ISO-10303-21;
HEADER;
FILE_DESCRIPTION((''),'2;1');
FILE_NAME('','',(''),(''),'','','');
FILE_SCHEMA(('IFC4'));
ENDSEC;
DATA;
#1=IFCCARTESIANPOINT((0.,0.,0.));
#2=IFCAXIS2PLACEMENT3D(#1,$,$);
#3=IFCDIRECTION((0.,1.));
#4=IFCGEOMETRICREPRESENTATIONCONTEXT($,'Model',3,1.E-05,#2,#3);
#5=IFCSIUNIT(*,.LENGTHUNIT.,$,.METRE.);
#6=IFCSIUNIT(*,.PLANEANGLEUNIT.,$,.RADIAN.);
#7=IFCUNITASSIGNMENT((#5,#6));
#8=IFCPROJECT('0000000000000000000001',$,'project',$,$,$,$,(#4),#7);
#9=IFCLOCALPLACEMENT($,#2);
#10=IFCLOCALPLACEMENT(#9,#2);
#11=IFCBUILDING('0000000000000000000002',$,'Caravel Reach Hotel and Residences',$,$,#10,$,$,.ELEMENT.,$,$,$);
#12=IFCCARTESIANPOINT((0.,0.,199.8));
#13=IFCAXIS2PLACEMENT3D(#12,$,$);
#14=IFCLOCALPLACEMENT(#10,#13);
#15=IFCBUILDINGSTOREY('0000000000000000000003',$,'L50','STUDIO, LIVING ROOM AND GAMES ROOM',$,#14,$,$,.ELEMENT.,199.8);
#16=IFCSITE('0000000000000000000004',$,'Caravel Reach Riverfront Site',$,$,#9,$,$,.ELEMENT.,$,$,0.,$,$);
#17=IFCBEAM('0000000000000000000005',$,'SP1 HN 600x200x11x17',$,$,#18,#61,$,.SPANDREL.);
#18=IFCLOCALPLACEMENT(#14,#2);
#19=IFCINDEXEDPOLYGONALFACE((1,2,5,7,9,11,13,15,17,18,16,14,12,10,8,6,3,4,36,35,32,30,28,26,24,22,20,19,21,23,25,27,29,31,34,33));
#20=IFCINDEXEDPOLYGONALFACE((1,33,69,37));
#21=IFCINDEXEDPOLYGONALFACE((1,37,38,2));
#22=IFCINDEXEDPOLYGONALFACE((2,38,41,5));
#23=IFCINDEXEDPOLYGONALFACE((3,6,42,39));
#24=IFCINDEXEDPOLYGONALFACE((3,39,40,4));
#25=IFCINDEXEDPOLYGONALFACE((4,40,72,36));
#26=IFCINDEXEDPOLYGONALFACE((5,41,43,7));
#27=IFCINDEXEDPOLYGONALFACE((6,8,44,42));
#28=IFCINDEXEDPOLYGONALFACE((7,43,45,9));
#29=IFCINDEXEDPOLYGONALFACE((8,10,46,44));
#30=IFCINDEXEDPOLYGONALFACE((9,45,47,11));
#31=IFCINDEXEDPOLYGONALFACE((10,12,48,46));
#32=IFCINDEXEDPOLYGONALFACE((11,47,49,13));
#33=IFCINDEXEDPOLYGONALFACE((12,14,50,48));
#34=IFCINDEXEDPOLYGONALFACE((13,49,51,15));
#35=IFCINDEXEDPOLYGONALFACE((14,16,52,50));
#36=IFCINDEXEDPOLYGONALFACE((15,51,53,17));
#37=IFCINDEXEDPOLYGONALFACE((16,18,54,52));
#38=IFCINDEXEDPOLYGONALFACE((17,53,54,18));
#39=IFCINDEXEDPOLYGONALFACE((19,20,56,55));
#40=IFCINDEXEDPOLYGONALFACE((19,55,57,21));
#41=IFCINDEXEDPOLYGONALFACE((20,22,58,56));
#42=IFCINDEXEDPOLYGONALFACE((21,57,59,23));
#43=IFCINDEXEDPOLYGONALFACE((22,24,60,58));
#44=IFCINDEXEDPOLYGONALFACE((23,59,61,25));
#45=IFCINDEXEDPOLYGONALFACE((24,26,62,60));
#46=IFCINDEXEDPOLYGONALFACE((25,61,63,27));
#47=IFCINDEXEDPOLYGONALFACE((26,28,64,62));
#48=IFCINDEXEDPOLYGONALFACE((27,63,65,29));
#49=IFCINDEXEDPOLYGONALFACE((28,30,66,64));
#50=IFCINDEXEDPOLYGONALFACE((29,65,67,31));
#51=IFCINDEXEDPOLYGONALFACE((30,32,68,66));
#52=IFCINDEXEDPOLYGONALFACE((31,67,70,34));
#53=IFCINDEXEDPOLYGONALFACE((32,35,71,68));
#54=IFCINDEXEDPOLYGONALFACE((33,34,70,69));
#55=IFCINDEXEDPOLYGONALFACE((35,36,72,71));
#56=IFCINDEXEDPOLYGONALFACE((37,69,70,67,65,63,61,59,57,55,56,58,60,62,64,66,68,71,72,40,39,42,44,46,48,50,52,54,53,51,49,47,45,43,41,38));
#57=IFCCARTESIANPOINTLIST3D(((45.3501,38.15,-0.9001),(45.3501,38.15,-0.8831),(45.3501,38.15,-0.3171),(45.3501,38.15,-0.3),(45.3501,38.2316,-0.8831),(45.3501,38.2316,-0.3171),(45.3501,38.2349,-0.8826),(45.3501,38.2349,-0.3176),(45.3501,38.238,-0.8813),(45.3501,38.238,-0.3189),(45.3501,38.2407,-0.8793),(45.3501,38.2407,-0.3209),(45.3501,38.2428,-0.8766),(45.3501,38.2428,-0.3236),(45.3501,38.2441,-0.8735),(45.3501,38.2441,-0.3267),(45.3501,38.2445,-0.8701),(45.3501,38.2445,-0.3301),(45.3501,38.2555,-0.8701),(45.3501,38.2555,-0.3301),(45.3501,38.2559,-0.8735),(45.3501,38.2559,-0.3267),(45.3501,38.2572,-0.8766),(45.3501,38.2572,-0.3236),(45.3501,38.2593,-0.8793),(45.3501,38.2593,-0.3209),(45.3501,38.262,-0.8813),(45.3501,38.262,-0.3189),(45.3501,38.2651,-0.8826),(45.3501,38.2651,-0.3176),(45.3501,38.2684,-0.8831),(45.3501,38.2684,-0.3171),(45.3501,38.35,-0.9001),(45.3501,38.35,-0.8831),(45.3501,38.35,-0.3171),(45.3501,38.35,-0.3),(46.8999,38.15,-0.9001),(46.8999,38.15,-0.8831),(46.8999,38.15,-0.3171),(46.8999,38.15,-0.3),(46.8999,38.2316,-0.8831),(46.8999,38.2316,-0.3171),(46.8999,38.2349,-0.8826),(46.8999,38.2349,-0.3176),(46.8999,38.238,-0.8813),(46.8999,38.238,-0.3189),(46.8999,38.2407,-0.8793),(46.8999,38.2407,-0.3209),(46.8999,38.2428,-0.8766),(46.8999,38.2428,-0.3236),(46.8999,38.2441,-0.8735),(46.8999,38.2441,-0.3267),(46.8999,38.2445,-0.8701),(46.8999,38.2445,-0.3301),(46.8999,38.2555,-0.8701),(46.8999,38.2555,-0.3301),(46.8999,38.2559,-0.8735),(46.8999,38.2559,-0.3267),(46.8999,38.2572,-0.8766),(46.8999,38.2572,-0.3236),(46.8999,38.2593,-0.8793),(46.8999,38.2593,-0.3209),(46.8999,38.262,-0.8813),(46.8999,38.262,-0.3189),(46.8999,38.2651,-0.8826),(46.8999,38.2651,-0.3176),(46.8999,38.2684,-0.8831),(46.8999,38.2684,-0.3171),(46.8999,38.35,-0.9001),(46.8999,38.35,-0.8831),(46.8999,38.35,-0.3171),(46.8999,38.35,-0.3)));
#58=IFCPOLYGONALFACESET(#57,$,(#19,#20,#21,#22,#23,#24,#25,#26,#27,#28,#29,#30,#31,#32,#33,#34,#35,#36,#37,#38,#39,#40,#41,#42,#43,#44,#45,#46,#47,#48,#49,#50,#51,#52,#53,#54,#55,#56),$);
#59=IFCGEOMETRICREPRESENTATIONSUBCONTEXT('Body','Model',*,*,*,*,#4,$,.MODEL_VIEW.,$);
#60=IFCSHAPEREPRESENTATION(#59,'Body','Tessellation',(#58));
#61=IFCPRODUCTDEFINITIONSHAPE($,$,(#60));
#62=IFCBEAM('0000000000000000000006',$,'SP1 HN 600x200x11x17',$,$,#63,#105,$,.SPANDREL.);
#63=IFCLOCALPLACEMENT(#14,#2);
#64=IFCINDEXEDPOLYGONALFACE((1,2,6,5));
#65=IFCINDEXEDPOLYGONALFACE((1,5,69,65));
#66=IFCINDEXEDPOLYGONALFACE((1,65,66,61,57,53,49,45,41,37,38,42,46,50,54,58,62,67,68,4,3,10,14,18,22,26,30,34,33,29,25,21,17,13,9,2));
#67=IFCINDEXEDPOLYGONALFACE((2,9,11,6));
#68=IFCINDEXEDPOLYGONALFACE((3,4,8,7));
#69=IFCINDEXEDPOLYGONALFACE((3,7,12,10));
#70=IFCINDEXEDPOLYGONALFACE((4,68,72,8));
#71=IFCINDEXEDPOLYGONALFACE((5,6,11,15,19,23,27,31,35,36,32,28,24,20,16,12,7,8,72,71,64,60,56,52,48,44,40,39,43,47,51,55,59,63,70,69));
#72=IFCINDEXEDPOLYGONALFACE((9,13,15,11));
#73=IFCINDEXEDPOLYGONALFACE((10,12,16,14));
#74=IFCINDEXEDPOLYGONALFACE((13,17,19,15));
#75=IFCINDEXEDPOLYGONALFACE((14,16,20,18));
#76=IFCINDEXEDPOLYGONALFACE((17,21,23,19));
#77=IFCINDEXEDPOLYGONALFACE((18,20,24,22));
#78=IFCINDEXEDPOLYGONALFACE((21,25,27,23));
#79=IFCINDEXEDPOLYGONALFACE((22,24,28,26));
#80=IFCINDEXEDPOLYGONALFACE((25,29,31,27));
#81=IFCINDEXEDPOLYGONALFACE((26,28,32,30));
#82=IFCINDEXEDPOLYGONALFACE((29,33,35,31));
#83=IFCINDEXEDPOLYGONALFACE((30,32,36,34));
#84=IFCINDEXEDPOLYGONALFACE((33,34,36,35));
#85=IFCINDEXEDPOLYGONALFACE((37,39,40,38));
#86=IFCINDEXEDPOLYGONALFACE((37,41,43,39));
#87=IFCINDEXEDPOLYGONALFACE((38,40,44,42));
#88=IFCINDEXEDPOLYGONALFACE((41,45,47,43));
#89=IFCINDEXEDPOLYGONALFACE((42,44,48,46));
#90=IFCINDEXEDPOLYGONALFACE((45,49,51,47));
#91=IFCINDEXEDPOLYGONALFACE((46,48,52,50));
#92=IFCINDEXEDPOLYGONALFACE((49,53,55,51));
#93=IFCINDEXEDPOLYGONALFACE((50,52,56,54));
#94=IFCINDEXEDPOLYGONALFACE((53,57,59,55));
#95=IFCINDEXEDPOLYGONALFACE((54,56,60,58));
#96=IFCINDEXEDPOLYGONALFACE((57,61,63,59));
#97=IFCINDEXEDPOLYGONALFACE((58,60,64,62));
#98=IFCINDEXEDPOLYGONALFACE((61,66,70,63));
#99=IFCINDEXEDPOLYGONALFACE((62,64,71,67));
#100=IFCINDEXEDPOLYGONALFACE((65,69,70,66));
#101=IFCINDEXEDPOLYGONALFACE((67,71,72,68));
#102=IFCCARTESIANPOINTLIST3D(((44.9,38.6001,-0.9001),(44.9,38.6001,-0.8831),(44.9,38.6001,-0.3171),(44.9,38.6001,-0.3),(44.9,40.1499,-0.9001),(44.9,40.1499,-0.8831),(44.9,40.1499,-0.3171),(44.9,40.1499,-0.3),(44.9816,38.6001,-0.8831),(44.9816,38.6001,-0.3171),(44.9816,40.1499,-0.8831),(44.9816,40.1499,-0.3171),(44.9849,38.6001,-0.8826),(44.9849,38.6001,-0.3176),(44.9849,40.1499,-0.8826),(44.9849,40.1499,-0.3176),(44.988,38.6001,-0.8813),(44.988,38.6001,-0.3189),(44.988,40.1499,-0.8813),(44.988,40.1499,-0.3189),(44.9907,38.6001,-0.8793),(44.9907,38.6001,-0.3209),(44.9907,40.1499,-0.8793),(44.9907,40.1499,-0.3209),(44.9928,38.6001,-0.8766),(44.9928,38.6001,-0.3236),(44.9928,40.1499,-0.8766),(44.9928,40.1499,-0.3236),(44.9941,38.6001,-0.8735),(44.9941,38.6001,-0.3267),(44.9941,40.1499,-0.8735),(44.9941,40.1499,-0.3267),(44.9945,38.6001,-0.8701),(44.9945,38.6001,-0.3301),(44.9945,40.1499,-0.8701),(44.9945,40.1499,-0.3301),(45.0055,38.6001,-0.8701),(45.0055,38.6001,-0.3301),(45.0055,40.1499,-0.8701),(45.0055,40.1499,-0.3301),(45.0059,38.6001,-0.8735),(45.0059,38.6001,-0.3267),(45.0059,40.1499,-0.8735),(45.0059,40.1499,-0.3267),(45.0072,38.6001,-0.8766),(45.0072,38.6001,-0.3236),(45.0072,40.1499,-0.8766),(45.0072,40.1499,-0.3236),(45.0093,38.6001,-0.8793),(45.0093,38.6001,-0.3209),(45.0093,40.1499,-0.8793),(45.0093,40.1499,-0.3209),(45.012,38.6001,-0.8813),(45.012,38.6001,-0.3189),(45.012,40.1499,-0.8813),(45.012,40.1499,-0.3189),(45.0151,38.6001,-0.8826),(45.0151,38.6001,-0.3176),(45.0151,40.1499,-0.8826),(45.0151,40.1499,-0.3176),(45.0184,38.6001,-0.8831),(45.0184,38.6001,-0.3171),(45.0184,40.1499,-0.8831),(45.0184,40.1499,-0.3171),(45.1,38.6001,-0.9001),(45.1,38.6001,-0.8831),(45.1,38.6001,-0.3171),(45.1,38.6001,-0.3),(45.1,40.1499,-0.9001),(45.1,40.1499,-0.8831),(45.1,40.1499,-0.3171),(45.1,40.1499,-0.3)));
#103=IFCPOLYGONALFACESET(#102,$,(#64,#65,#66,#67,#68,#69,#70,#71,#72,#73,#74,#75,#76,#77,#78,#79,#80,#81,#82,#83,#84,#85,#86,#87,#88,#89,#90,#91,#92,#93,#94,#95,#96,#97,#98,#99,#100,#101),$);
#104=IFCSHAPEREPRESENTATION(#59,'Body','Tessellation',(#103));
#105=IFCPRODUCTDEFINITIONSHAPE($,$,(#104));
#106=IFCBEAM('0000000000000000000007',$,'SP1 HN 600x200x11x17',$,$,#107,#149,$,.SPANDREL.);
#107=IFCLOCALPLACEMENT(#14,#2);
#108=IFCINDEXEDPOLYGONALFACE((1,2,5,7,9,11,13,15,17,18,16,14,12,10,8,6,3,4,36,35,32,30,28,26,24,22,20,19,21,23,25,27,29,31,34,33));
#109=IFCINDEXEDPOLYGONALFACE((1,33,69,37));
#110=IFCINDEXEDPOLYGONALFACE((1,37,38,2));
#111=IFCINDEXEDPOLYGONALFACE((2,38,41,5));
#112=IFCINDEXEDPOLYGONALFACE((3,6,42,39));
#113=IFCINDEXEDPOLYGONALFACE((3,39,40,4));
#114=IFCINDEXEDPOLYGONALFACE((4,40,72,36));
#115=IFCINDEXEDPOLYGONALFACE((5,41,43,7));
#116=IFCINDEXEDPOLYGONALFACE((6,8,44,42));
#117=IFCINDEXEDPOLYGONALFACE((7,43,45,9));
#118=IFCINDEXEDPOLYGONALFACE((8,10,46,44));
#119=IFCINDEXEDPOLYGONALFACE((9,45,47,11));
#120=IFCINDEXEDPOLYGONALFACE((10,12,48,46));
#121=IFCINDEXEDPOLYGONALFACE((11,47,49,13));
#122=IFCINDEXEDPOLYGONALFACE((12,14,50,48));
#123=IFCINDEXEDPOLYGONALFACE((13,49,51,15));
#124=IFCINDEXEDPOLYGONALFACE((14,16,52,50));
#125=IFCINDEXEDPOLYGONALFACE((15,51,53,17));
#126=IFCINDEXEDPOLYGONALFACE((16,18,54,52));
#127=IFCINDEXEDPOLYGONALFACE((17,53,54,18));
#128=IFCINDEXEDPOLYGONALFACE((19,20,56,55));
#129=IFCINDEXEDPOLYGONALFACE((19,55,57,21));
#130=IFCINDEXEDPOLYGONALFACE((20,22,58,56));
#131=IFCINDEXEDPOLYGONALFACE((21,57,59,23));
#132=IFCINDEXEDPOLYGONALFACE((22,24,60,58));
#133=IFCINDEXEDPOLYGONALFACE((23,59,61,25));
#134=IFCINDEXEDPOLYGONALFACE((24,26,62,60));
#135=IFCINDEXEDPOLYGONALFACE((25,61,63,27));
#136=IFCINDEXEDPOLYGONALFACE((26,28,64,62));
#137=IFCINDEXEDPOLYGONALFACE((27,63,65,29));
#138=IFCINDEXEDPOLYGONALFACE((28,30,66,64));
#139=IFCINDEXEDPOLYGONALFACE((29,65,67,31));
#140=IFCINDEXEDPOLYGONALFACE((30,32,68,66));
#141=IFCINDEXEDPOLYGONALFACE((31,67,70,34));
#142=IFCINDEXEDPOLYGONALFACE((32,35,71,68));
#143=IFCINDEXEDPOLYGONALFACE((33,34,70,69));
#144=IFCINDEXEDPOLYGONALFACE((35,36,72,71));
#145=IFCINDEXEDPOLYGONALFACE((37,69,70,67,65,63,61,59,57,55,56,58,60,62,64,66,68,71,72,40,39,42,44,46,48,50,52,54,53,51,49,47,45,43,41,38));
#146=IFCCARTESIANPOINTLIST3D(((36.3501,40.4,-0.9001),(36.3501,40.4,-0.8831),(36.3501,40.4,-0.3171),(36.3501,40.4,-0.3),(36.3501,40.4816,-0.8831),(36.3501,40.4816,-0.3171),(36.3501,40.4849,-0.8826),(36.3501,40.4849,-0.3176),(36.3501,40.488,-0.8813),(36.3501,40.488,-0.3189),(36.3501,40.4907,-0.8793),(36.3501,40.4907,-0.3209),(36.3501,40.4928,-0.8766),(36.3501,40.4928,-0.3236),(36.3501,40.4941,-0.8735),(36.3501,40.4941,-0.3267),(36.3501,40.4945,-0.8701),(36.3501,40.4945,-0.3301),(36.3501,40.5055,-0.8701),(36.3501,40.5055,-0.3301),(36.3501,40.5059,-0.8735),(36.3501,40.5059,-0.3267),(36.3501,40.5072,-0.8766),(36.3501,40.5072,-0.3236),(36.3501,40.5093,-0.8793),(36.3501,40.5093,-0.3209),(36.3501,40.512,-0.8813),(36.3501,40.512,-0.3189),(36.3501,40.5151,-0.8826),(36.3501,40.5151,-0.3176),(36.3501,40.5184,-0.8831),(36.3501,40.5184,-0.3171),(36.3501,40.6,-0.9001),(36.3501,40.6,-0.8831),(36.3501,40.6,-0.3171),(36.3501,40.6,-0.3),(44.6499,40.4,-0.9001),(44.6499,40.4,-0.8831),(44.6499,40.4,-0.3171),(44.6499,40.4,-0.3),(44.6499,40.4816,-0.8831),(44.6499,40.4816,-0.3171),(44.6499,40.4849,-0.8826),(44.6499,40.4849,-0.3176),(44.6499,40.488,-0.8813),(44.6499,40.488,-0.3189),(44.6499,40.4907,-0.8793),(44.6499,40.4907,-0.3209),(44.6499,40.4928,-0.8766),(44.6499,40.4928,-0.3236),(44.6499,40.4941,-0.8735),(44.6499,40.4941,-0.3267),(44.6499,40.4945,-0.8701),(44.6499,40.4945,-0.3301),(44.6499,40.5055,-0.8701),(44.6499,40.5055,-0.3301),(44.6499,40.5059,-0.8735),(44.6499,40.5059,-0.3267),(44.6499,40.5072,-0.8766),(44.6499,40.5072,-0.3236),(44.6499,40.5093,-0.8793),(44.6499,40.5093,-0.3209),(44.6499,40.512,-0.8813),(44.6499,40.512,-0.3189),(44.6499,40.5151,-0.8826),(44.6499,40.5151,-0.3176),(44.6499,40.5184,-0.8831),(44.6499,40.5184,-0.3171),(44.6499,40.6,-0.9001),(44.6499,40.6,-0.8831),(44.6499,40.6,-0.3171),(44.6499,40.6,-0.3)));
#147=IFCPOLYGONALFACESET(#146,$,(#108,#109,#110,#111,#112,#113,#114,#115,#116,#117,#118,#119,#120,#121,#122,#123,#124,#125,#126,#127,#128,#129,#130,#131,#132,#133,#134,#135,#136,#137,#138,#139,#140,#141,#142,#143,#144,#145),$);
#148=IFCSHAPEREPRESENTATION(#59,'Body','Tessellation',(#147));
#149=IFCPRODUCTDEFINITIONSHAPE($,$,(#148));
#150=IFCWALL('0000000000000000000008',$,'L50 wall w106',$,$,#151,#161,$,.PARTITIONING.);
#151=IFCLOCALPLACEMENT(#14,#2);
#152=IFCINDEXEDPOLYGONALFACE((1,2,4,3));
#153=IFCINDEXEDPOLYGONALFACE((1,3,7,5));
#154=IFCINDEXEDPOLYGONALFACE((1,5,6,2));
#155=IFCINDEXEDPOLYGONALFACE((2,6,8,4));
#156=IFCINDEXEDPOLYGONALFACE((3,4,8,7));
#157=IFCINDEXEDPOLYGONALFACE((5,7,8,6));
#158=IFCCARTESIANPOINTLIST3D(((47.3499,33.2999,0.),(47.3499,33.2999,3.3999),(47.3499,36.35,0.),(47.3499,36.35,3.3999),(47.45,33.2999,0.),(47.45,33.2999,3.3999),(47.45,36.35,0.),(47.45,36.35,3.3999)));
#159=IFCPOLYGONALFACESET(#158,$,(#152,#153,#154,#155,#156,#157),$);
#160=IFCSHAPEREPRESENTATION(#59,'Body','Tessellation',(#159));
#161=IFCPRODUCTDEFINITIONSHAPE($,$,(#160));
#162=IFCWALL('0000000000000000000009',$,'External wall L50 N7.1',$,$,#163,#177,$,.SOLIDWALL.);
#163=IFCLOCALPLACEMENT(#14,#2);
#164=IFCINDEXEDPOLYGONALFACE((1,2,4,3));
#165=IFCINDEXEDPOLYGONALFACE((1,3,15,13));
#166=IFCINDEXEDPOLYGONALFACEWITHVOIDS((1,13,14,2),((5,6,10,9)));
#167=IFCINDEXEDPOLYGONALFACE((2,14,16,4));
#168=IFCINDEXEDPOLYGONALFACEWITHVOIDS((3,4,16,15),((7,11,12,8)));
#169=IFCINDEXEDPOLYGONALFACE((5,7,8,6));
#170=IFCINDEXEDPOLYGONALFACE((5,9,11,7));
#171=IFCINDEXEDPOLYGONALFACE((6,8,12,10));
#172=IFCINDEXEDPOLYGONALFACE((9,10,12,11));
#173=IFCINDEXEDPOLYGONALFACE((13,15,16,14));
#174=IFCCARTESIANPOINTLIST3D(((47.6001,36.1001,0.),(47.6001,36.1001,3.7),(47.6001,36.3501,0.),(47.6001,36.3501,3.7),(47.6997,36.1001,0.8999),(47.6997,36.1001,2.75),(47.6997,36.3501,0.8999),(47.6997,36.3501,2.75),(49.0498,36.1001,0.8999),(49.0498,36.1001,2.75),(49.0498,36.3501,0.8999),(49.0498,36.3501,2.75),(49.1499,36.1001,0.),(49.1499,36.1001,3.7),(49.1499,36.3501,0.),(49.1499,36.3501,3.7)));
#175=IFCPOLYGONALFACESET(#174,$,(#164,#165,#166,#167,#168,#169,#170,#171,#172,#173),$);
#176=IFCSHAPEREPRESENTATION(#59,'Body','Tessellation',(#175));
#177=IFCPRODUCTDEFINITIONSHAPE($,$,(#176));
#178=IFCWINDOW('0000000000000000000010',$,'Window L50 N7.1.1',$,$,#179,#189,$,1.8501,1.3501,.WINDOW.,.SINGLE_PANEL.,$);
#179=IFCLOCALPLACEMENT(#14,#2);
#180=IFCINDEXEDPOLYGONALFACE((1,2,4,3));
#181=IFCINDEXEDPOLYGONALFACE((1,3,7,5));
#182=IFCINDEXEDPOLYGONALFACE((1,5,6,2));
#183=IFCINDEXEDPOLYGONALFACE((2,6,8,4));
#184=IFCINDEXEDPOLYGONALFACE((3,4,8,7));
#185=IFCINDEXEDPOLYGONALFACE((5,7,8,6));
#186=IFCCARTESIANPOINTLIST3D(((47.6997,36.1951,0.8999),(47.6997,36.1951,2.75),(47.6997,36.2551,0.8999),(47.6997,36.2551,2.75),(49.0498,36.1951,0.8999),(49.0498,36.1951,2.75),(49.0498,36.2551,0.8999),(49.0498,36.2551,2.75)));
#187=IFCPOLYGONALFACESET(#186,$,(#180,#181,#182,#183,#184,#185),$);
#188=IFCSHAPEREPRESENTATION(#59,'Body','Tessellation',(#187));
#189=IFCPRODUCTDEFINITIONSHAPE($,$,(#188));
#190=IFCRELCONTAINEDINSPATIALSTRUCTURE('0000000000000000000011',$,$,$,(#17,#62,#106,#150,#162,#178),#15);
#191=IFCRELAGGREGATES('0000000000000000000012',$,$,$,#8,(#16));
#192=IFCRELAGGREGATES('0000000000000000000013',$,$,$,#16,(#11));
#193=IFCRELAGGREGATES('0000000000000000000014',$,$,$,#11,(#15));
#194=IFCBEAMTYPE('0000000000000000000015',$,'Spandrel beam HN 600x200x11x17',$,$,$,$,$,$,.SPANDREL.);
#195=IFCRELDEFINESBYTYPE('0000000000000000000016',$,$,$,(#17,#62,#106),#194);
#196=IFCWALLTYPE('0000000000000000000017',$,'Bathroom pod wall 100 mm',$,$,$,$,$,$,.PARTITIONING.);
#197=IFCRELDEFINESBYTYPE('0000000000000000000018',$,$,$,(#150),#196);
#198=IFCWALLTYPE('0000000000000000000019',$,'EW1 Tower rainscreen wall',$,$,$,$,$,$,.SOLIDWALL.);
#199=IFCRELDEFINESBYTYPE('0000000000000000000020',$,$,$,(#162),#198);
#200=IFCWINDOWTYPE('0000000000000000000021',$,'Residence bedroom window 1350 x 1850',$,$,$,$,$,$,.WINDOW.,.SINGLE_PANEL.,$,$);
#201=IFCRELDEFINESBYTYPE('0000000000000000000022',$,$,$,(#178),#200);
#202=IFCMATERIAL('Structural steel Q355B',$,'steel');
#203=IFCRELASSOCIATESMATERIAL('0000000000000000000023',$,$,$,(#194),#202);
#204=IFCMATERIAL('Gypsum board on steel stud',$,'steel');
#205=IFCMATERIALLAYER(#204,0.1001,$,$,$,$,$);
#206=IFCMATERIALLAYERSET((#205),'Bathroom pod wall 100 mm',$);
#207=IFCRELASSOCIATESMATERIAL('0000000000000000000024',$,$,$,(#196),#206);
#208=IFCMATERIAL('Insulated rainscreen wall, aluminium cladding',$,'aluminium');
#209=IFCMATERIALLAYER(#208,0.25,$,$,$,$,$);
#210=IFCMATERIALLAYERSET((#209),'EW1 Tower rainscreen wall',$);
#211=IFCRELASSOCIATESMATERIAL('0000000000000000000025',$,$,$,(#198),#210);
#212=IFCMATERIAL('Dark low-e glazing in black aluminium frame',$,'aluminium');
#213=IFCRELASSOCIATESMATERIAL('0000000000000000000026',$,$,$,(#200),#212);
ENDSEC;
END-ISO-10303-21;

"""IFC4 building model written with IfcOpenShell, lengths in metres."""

from ifc_helpers import new_model, si_unit, direction, frame, frame_2d, origin, origin_2d, place, context, subcontext, project, spatial, rectangle, i_section, extrude, material, layer, layer_set, material_profile, profile_set, type_object, element, fill, save


model = new_model("IFC4")

# Units and contexts
model_context = context("Model", 3, precision=1e-05, world=origin(), true_north=direction((0.0, 1.0)))
body_context = subcontext(model_context, "Body", "Model", "MODEL_VIEW")
ifc_project = project(units=[si_unit("LENGTHUNIT", "METRE"), si_unit("PLANEANGLEUNIT", "RADIAN")], contexts=[model_context])

# Site, building, storey
site_placement = place(None, origin())
site = spatial("IfcSite", under=ifc_project, at=site_placement, Name="Caravel Reach Riverfront Site", CompositionType="ELEMENT", RefElevation=0.0)
building_placement = place(site_placement, origin())
building = spatial("IfcBuilding", under=site, at=building_placement, Name="Caravel Reach Hotel and Residences", CompositionType="ELEMENT")
storey_placement = place(building_placement, frame((0.0, 0.0, 199.8)))
storey = spatial("IfcBuildingStorey", under=building, at=storey_placement, Name="L50", Description="STUDIO, LIVING ROOM AND GAMES ROOM", CompositionType="ELEMENT", Elevation=199.8)

# Beams
ifc_material_1 = material(Name="Structural steel Q355B", Category="steel")
ifc_material_profile_1 = material_profile(ifc_material_1, i_section(OverallWidth=0.2, OverallDepth=0.6001, WebThickness=0.011, FlangeThickness=0.0171, FilletRadius=0.0129, at=origin_2d()), Name="HN 600x200x11x17")
ifc_profile_set_1 = profile_set([ifc_material_profile_1], Name="Structural steel Q355B")
beam_type = type_object("IfcBeamType", Name="Spandrel beam HN 600x200x11x17", PredefinedType="SPANDREL", material=ifc_profile_set_1)
for number, where, z_axis, x_axis, name in (
    (1, (46.8999, 38.25, -0.6001), (-1.0, 0.0, 0.0), (0.0, -1.0, 0.0), "SP1 HN 600x200x11x17"),
    (2, (45.0, 38.6001, -0.6001), (0.0, 1.0, 0.0), (-1.0, 0.0, 0.0), "SP1 HN 600x200x11x17"),
):
    element("IfcBeam", number, at=place(storey_placement, frame(where, z_axis=z_axis, x_axis=x_axis)), inside=storey, type_object=beam_type, Name=name, PredefinedType="SPANDREL", context=body_context, shape_type="SweptSolid", body=[
        extrude(i_section(OverallWidth=0.2, OverallDepth=0.6001, WebThickness=0.011, FlangeThickness=0.0171, FilletRadius=0.0129, at=origin_2d()), origin(), (0.0, 0.0, 1.0), 1.5498),
    ])
beam_placement = place(storey_placement, frame((44.6499, 40.5, -0.6001), z_axis=(-1.0, 0.0, 0.0), x_axis=(0.0, -1.0, 0.0)))
element("IfcBeam", 3, at=beam_placement, inside=storey, type_object=beam_type, Name="SP1 HN 600x200x11x17", PredefinedType="SPANDREL", context=body_context, shape_type="SweptSolid", body=[
    extrude(i_section(OverallWidth=0.2, OverallDepth=0.6001, WebThickness=0.011, FlangeThickness=0.0171, FilletRadius=0.0129, at=origin_2d()), origin(), (0.0, 0.0, 1.0), 8.2998),
])

# Wall
ifc_material_2 = material(Name="Gypsum board on steel stud", Category="steel")
ifc_layer_1 = layer(ifc_material_2, 0.1001)
ifc_layer_set_1 = layer_set([ifc_layer_1], Name="Bathroom pod wall 100 mm")
wall_type_1 = type_object("IfcWallType", Name="Bathroom pod wall 100 mm", PredefinedType="PARTITIONING", material=ifc_layer_set_1)
wall_1_placement = place(storey_placement, frame((47.3999, 33.3, 0.0), z_axis=(0.0, 0.0, 1.0), x_axis=(0.0, 1.0, 0.0)))
element("IfcWall", 4, at=wall_1_placement, inside=storey, type_object=wall_type_1, Name="L50 wall w106", PredefinedType="PARTITIONING", context=body_context, shape_type="SweptSolid", body=[
    extrude(rectangle(XDim=3.05, YDim=0.1001, at=frame_2d((1.5249, 0.0))), origin(), (0.0, 0.0, 1.0), 3.3999),
])

# Wall, opening, window
ifc_material_3 = material(Name="Insulated rainscreen wall, aluminium cladding", Category="aluminium")
ifc_layer_2 = layer(ifc_material_3, 0.25)
ifc_layer_set_2 = layer_set([ifc_layer_2], Name="EW1 Tower rainscreen wall")
wall_type_2 = type_object("IfcWallType", Name="EW1 Tower rainscreen wall", PredefinedType="SOLIDWALL", material=ifc_layer_set_2)
wall_2_placement = place(storey_placement, frame((49.1499, 36.2251, 0.0), z_axis=(0.0, 0.0, 1.0), x_axis=(-1.0, 0.0, 0.0)))
wall_2 = element("IfcWall", 5, at=wall_2_placement, inside=storey, type_object=wall_type_2, Name="External wall L50 N7.1", PredefinedType="SOLIDWALL", context=body_context, shape_type="SweptSolid", body=[
    extrude(rectangle(XDim=1.5498, YDim=0.25, at=frame_2d((0.7749, 0.0))), origin(), (0.0, 0.0, 1.0), 3.7),
])
opening_1_placement = place(wall_2_placement, frame((0.1001, 0.0, 0.8999)))
opening_1 = element("IfcOpeningElement", 6, at=opening_1_placement, cuts=wall_2, PredefinedType="OPENING", context=body_context, shape_type="SweptSolid", body=[
    extrude(rectangle(XDim=1.3501, YDim=1.8501, at=frame_2d((0.675, 0.925))), frame((0.0, 0.135, 0.0), z_axis=(0.0, -1.0, 0.0), x_axis=(1.0, 0.0, 0.0)), (0.0, 0.0, 1.0), 0.27),
])
ifc_material_4 = material(Name="Dark low-e glazing in black aluminium frame", Category="aluminium")
window_type_1 = type_object("IfcWindowType", Name="Residence bedroom window 1350 x 1850", PartitioningType="SINGLE_PANEL", PredefinedType="WINDOW", material=ifc_material_4)
window_1_placement = place(opening_1_placement, origin())
window_1 = element("IfcWindow", 7, at=window_1_placement, inside=storey, type_object=window_type_1, Name="Window L50 N7.1.1", OverallHeight=1.8501, OverallWidth=1.3501, PartitioningType="SINGLE_PANEL", PredefinedType="WINDOW", context=body_context, shape_type="SweptSolid", body=[
    extrude(rectangle(XDim=1.3501, YDim=1.8501, at=frame_2d((0.675, 0.925))), frame((0.0, 0.03, 0.0), z_axis=(0.0, -1.0, 0.0), x_axis=(1.0, 0.0, 0.0)), (0.0, 0.0, 1.0), 0.0601),
])
fill(opening_1, window_1)

save(model, "model.ifc")
